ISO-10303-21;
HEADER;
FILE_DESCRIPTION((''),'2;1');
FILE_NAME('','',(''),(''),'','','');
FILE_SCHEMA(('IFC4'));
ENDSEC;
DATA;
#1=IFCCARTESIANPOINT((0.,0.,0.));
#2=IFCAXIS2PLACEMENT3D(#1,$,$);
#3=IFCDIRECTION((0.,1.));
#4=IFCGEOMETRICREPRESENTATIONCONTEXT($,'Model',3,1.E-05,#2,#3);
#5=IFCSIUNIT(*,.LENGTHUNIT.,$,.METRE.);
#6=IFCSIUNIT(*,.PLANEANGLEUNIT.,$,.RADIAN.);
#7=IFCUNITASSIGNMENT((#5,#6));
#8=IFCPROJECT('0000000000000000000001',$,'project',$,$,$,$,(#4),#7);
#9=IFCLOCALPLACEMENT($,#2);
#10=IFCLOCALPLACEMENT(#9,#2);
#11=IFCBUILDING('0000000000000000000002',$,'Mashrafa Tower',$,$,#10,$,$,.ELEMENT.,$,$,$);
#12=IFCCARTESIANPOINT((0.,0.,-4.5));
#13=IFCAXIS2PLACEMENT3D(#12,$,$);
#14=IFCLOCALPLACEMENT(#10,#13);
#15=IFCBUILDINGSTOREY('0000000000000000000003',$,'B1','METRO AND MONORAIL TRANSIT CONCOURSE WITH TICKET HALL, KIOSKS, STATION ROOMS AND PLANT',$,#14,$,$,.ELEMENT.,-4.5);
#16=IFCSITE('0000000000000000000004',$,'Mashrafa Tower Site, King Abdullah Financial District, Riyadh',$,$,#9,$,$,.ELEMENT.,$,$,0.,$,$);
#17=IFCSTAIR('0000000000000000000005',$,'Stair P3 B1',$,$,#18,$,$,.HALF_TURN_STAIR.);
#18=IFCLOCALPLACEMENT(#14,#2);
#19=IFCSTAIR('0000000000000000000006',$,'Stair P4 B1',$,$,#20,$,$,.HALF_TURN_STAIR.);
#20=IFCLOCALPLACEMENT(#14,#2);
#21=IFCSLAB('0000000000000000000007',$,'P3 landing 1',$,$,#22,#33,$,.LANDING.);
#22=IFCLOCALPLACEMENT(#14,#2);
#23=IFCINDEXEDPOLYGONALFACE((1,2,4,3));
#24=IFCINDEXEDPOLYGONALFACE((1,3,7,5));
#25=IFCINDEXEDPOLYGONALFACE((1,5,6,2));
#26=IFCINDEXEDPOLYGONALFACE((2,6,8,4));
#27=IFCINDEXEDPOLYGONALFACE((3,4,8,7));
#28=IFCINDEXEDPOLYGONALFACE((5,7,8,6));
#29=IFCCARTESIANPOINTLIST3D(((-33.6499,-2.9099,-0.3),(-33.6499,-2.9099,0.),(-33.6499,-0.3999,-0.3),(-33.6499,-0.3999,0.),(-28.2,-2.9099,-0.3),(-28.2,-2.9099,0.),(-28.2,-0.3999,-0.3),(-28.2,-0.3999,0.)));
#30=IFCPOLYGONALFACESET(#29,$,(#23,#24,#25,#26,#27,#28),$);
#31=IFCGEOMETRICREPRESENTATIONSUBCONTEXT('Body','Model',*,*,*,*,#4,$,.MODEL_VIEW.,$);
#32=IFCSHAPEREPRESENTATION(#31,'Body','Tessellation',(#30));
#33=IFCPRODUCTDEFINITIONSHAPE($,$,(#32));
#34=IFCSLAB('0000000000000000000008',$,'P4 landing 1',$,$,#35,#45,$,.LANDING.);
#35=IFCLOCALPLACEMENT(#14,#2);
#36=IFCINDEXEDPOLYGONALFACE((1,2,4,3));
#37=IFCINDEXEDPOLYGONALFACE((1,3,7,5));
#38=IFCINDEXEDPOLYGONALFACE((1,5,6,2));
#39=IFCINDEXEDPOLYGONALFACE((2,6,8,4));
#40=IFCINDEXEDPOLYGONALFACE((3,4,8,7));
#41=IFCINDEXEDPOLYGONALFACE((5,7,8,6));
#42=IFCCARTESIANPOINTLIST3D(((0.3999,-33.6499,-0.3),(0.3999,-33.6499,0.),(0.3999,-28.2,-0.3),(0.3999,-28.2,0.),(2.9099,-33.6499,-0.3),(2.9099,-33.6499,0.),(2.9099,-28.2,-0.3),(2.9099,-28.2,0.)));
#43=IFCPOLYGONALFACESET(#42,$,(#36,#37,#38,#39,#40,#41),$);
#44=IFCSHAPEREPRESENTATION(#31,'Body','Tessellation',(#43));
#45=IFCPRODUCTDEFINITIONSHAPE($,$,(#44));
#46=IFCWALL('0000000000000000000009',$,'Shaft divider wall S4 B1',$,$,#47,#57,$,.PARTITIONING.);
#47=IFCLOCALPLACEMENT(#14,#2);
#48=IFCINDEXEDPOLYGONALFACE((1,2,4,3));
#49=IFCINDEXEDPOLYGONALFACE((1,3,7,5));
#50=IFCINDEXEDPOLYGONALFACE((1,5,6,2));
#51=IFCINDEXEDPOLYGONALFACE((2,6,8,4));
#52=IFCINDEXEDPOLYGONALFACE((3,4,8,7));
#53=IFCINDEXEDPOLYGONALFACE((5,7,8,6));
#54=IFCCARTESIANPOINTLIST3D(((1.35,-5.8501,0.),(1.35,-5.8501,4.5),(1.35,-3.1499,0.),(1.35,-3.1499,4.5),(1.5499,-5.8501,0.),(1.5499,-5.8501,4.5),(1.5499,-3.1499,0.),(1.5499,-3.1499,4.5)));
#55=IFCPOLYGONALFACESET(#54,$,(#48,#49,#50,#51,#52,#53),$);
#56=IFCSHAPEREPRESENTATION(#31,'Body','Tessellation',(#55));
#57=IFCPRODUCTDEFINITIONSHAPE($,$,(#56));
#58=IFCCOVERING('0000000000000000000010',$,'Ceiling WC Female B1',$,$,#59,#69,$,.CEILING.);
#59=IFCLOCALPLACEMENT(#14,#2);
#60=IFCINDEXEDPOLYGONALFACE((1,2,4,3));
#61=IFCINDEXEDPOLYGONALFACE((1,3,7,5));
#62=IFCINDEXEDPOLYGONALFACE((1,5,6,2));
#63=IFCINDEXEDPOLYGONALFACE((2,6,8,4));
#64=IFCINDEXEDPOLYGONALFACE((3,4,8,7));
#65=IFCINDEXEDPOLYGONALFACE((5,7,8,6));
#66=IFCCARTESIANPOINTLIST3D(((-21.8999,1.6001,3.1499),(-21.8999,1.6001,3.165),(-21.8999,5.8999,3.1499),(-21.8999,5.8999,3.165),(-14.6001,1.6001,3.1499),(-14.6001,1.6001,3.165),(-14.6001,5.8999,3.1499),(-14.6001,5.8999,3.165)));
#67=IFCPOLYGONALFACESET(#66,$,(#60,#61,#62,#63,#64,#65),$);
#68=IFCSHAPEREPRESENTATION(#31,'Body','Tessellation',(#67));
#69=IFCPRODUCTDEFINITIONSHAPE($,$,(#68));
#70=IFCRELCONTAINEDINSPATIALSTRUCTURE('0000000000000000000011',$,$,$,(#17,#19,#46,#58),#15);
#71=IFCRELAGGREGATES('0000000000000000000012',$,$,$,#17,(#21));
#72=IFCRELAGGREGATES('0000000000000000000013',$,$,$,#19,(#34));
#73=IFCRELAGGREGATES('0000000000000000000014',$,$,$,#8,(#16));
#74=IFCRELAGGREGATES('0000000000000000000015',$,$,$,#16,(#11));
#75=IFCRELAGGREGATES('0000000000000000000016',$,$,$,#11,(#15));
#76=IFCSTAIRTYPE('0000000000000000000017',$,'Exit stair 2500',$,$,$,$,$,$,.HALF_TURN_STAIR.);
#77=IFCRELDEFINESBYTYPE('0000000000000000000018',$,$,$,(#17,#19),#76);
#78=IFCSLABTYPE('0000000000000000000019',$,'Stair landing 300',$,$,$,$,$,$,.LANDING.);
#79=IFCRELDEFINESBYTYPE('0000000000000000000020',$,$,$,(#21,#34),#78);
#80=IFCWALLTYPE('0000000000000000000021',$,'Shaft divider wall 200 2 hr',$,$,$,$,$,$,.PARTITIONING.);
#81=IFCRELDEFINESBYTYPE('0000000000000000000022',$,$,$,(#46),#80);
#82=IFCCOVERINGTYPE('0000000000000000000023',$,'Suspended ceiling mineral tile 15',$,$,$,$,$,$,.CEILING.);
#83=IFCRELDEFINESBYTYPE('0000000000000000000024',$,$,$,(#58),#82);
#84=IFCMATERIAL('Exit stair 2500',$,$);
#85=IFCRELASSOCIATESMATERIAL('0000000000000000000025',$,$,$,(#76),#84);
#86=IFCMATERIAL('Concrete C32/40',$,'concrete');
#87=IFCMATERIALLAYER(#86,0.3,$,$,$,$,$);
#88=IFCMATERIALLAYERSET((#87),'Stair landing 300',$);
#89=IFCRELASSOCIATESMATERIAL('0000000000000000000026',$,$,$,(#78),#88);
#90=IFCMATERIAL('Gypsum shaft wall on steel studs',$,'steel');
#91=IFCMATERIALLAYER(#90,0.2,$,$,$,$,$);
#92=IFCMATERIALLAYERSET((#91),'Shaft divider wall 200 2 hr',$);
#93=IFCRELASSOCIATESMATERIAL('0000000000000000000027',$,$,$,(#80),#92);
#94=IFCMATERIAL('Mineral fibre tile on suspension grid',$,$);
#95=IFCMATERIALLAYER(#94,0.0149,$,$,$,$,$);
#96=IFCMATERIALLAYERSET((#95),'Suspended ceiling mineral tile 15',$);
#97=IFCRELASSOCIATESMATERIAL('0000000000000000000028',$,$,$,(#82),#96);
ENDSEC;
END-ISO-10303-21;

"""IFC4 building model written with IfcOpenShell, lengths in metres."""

from ifc_helpers import new_model, si_unit, direction, frame, frame_2d, origin, place, context, subcontext, project, spatial, polyline, rectangle, outline, extrude, material, layer, layer_set, type_object, element, aggregate, save


model = new_model("IFC4")

# Units and contexts
model_context = context("Model", 3, precision=1e-05, world=origin(), true_north=direction((0.0, 1.0)))
body_context = subcontext(model_context, "Body", "Model", "MODEL_VIEW")
ifc_project = project(units=[si_unit("LENGTHUNIT", "METRE"), si_unit("PLANEANGLEUNIT", "RADIAN")], contexts=[model_context])

# Site, building, storey
site_placement = place(None, origin())
site = spatial("IfcSite", under=ifc_project, at=site_placement, Name="Mashrafa Tower Site, King Abdullah Financial District, Riyadh", CompositionType="ELEMENT", RefElevation=0.0)
building_placement = place(site_placement, origin())
building = spatial("IfcBuilding", under=site, at=building_placement, Name="Mashrafa Tower", CompositionType="ELEMENT")
storey_placement = place(building_placement, frame((0.0, 0.0, -4.5)))
storey = spatial("IfcBuildingStorey", under=building, at=storey_placement, Name="B1", Description="METRO AND MONORAIL TRANSIT CONCOURSE WITH TICKET HALL, KIOSKS, STATION ROOMS AND PLANT", CompositionType="ELEMENT", Elevation=-4.5)

# Stairs
ifc_material_1 = material(Name="Exit stair 2500")
stair_type_1 = type_object("IfcStairType", Name="Exit stair 2500", PredefinedType="HALF_TURN_STAIR", material=ifc_material_1)
stair_1_placement = place(storey_placement, origin())
stair_1 = element("IfcStair", 1, at=stair_1_placement, inside=storey, type_object=stair_type_1, Name="Stair P3 B1", PredefinedType="HALF_TURN_STAIR")
stair_2_placement = place(storey_placement, origin())
stair_2 = element("IfcStair", 2, at=stair_2_placement, inside=storey, type_object=stair_type_1, Name="Stair P4 B1", PredefinedType="HALF_TURN_STAIR")

# Slabs
ifc_material_2 = material(Name="Concrete C32/40", Category="concrete")
ifc_layer_1 = layer(ifc_material_2, 0.3)
ifc_layer_set_1 = layer_set([ifc_layer_1], Name="Stair landing 300")
slab_type_1 = type_object("IfcSlabType", Name="Stair landing 300", PredefinedType="LANDING", material=ifc_layer_set_1)
slab_1_placement = place(storey_placement, frame((0.0, 0.0, -0.3)))
slab_1 = element("IfcSlab", 3, at=slab_1_placement, type_object=slab_type_1, Name="P3 landing 1", PredefinedType="LANDING", context=body_context, shape_type="SweptSolid", body=[
    extrude(outline(polyline([(-28.2, -2.9099), (-28.2, -0.3999), (-33.6499, -0.3999), (-33.6499, -2.9099), (-28.2, -2.9099)])), origin(), (0.0, 0.0, 1.0), 0.3),
])
aggregate(stair_1, [slab_1])
slab_2_placement = place(storey_placement, frame((0.0, 0.0, -0.3)))
slab_2 = element("IfcSlab", 4, at=slab_2_placement, type_object=slab_type_1, Name="P4 landing 1", PredefinedType="LANDING", context=body_context, shape_type="SweptSolid", body=[
    extrude(outline(polyline([(0.3999, -33.6499), (2.9099, -33.6499), (2.9099, -28.2), (0.3999, -28.2), (0.3999, -33.6499)])), origin(), (0.0, 0.0, 1.0), 0.3),
])
aggregate(stair_2, [slab_2])

# Wall
ifc_material_3 = material(Name="Gypsum shaft wall on steel studs", Category="steel")
ifc_layer_2 = layer(ifc_material_3, 0.2)
ifc_layer_set_2 = layer_set([ifc_layer_2], Name="Shaft divider wall 200 2 hr")
wall_type = type_object("IfcWallType", Name="Shaft divider wall 200 2 hr", PredefinedType="PARTITIONING", material=ifc_layer_set_2)
wall_placement = place(storey_placement, frame((1.45, -5.8501, 0.0), z_axis=(0.0, 0.0, 1.0), x_axis=(0.0, 1.0, 0.0)))
element("IfcWall", 5, at=wall_placement, inside=storey, type_object=wall_type, Name="Shaft divider wall S4 B1", PredefinedType="PARTITIONING", context=body_context, shape_type="SweptSolid", body=[
    extrude(rectangle(XDim=2.7002, YDim=0.2, at=frame_2d((1.3501, 0.0))), origin(), (0.0, 0.0, 1.0), 4.5),
])

# Covering
ifc_material_4 = material(Name="Mineral fibre tile on suspension grid")
ifc_layer_3 = layer(ifc_material_4, 0.0149)
ifc_layer_set_3 = layer_set([ifc_layer_3], Name="Suspended ceiling mineral tile 15")
covering_type = type_object("IfcCoveringType", Name="Suspended ceiling mineral tile 15", PredefinedType="CEILING", material=ifc_layer_set_3)
covering_placement = place(storey_placement, frame((0.0, 0.0, 3.1499)))
element("IfcCovering", 6, at=covering_placement, inside=storey, type_object=covering_type, Name="Ceiling WC Female B1", PredefinedType="CEILING", context=body_context, shape_type="SweptSolid", body=[
    extrude(outline(polyline([(-21.8999, 1.6001), (-21.8999, 5.8999), (-14.6001, 5.8999), (-14.6001, 1.6001), (-21.8999, 1.6001)])), origin(), (0.0, 0.0, 1.0), 0.0151),
])

save(model, "model.ifc")
